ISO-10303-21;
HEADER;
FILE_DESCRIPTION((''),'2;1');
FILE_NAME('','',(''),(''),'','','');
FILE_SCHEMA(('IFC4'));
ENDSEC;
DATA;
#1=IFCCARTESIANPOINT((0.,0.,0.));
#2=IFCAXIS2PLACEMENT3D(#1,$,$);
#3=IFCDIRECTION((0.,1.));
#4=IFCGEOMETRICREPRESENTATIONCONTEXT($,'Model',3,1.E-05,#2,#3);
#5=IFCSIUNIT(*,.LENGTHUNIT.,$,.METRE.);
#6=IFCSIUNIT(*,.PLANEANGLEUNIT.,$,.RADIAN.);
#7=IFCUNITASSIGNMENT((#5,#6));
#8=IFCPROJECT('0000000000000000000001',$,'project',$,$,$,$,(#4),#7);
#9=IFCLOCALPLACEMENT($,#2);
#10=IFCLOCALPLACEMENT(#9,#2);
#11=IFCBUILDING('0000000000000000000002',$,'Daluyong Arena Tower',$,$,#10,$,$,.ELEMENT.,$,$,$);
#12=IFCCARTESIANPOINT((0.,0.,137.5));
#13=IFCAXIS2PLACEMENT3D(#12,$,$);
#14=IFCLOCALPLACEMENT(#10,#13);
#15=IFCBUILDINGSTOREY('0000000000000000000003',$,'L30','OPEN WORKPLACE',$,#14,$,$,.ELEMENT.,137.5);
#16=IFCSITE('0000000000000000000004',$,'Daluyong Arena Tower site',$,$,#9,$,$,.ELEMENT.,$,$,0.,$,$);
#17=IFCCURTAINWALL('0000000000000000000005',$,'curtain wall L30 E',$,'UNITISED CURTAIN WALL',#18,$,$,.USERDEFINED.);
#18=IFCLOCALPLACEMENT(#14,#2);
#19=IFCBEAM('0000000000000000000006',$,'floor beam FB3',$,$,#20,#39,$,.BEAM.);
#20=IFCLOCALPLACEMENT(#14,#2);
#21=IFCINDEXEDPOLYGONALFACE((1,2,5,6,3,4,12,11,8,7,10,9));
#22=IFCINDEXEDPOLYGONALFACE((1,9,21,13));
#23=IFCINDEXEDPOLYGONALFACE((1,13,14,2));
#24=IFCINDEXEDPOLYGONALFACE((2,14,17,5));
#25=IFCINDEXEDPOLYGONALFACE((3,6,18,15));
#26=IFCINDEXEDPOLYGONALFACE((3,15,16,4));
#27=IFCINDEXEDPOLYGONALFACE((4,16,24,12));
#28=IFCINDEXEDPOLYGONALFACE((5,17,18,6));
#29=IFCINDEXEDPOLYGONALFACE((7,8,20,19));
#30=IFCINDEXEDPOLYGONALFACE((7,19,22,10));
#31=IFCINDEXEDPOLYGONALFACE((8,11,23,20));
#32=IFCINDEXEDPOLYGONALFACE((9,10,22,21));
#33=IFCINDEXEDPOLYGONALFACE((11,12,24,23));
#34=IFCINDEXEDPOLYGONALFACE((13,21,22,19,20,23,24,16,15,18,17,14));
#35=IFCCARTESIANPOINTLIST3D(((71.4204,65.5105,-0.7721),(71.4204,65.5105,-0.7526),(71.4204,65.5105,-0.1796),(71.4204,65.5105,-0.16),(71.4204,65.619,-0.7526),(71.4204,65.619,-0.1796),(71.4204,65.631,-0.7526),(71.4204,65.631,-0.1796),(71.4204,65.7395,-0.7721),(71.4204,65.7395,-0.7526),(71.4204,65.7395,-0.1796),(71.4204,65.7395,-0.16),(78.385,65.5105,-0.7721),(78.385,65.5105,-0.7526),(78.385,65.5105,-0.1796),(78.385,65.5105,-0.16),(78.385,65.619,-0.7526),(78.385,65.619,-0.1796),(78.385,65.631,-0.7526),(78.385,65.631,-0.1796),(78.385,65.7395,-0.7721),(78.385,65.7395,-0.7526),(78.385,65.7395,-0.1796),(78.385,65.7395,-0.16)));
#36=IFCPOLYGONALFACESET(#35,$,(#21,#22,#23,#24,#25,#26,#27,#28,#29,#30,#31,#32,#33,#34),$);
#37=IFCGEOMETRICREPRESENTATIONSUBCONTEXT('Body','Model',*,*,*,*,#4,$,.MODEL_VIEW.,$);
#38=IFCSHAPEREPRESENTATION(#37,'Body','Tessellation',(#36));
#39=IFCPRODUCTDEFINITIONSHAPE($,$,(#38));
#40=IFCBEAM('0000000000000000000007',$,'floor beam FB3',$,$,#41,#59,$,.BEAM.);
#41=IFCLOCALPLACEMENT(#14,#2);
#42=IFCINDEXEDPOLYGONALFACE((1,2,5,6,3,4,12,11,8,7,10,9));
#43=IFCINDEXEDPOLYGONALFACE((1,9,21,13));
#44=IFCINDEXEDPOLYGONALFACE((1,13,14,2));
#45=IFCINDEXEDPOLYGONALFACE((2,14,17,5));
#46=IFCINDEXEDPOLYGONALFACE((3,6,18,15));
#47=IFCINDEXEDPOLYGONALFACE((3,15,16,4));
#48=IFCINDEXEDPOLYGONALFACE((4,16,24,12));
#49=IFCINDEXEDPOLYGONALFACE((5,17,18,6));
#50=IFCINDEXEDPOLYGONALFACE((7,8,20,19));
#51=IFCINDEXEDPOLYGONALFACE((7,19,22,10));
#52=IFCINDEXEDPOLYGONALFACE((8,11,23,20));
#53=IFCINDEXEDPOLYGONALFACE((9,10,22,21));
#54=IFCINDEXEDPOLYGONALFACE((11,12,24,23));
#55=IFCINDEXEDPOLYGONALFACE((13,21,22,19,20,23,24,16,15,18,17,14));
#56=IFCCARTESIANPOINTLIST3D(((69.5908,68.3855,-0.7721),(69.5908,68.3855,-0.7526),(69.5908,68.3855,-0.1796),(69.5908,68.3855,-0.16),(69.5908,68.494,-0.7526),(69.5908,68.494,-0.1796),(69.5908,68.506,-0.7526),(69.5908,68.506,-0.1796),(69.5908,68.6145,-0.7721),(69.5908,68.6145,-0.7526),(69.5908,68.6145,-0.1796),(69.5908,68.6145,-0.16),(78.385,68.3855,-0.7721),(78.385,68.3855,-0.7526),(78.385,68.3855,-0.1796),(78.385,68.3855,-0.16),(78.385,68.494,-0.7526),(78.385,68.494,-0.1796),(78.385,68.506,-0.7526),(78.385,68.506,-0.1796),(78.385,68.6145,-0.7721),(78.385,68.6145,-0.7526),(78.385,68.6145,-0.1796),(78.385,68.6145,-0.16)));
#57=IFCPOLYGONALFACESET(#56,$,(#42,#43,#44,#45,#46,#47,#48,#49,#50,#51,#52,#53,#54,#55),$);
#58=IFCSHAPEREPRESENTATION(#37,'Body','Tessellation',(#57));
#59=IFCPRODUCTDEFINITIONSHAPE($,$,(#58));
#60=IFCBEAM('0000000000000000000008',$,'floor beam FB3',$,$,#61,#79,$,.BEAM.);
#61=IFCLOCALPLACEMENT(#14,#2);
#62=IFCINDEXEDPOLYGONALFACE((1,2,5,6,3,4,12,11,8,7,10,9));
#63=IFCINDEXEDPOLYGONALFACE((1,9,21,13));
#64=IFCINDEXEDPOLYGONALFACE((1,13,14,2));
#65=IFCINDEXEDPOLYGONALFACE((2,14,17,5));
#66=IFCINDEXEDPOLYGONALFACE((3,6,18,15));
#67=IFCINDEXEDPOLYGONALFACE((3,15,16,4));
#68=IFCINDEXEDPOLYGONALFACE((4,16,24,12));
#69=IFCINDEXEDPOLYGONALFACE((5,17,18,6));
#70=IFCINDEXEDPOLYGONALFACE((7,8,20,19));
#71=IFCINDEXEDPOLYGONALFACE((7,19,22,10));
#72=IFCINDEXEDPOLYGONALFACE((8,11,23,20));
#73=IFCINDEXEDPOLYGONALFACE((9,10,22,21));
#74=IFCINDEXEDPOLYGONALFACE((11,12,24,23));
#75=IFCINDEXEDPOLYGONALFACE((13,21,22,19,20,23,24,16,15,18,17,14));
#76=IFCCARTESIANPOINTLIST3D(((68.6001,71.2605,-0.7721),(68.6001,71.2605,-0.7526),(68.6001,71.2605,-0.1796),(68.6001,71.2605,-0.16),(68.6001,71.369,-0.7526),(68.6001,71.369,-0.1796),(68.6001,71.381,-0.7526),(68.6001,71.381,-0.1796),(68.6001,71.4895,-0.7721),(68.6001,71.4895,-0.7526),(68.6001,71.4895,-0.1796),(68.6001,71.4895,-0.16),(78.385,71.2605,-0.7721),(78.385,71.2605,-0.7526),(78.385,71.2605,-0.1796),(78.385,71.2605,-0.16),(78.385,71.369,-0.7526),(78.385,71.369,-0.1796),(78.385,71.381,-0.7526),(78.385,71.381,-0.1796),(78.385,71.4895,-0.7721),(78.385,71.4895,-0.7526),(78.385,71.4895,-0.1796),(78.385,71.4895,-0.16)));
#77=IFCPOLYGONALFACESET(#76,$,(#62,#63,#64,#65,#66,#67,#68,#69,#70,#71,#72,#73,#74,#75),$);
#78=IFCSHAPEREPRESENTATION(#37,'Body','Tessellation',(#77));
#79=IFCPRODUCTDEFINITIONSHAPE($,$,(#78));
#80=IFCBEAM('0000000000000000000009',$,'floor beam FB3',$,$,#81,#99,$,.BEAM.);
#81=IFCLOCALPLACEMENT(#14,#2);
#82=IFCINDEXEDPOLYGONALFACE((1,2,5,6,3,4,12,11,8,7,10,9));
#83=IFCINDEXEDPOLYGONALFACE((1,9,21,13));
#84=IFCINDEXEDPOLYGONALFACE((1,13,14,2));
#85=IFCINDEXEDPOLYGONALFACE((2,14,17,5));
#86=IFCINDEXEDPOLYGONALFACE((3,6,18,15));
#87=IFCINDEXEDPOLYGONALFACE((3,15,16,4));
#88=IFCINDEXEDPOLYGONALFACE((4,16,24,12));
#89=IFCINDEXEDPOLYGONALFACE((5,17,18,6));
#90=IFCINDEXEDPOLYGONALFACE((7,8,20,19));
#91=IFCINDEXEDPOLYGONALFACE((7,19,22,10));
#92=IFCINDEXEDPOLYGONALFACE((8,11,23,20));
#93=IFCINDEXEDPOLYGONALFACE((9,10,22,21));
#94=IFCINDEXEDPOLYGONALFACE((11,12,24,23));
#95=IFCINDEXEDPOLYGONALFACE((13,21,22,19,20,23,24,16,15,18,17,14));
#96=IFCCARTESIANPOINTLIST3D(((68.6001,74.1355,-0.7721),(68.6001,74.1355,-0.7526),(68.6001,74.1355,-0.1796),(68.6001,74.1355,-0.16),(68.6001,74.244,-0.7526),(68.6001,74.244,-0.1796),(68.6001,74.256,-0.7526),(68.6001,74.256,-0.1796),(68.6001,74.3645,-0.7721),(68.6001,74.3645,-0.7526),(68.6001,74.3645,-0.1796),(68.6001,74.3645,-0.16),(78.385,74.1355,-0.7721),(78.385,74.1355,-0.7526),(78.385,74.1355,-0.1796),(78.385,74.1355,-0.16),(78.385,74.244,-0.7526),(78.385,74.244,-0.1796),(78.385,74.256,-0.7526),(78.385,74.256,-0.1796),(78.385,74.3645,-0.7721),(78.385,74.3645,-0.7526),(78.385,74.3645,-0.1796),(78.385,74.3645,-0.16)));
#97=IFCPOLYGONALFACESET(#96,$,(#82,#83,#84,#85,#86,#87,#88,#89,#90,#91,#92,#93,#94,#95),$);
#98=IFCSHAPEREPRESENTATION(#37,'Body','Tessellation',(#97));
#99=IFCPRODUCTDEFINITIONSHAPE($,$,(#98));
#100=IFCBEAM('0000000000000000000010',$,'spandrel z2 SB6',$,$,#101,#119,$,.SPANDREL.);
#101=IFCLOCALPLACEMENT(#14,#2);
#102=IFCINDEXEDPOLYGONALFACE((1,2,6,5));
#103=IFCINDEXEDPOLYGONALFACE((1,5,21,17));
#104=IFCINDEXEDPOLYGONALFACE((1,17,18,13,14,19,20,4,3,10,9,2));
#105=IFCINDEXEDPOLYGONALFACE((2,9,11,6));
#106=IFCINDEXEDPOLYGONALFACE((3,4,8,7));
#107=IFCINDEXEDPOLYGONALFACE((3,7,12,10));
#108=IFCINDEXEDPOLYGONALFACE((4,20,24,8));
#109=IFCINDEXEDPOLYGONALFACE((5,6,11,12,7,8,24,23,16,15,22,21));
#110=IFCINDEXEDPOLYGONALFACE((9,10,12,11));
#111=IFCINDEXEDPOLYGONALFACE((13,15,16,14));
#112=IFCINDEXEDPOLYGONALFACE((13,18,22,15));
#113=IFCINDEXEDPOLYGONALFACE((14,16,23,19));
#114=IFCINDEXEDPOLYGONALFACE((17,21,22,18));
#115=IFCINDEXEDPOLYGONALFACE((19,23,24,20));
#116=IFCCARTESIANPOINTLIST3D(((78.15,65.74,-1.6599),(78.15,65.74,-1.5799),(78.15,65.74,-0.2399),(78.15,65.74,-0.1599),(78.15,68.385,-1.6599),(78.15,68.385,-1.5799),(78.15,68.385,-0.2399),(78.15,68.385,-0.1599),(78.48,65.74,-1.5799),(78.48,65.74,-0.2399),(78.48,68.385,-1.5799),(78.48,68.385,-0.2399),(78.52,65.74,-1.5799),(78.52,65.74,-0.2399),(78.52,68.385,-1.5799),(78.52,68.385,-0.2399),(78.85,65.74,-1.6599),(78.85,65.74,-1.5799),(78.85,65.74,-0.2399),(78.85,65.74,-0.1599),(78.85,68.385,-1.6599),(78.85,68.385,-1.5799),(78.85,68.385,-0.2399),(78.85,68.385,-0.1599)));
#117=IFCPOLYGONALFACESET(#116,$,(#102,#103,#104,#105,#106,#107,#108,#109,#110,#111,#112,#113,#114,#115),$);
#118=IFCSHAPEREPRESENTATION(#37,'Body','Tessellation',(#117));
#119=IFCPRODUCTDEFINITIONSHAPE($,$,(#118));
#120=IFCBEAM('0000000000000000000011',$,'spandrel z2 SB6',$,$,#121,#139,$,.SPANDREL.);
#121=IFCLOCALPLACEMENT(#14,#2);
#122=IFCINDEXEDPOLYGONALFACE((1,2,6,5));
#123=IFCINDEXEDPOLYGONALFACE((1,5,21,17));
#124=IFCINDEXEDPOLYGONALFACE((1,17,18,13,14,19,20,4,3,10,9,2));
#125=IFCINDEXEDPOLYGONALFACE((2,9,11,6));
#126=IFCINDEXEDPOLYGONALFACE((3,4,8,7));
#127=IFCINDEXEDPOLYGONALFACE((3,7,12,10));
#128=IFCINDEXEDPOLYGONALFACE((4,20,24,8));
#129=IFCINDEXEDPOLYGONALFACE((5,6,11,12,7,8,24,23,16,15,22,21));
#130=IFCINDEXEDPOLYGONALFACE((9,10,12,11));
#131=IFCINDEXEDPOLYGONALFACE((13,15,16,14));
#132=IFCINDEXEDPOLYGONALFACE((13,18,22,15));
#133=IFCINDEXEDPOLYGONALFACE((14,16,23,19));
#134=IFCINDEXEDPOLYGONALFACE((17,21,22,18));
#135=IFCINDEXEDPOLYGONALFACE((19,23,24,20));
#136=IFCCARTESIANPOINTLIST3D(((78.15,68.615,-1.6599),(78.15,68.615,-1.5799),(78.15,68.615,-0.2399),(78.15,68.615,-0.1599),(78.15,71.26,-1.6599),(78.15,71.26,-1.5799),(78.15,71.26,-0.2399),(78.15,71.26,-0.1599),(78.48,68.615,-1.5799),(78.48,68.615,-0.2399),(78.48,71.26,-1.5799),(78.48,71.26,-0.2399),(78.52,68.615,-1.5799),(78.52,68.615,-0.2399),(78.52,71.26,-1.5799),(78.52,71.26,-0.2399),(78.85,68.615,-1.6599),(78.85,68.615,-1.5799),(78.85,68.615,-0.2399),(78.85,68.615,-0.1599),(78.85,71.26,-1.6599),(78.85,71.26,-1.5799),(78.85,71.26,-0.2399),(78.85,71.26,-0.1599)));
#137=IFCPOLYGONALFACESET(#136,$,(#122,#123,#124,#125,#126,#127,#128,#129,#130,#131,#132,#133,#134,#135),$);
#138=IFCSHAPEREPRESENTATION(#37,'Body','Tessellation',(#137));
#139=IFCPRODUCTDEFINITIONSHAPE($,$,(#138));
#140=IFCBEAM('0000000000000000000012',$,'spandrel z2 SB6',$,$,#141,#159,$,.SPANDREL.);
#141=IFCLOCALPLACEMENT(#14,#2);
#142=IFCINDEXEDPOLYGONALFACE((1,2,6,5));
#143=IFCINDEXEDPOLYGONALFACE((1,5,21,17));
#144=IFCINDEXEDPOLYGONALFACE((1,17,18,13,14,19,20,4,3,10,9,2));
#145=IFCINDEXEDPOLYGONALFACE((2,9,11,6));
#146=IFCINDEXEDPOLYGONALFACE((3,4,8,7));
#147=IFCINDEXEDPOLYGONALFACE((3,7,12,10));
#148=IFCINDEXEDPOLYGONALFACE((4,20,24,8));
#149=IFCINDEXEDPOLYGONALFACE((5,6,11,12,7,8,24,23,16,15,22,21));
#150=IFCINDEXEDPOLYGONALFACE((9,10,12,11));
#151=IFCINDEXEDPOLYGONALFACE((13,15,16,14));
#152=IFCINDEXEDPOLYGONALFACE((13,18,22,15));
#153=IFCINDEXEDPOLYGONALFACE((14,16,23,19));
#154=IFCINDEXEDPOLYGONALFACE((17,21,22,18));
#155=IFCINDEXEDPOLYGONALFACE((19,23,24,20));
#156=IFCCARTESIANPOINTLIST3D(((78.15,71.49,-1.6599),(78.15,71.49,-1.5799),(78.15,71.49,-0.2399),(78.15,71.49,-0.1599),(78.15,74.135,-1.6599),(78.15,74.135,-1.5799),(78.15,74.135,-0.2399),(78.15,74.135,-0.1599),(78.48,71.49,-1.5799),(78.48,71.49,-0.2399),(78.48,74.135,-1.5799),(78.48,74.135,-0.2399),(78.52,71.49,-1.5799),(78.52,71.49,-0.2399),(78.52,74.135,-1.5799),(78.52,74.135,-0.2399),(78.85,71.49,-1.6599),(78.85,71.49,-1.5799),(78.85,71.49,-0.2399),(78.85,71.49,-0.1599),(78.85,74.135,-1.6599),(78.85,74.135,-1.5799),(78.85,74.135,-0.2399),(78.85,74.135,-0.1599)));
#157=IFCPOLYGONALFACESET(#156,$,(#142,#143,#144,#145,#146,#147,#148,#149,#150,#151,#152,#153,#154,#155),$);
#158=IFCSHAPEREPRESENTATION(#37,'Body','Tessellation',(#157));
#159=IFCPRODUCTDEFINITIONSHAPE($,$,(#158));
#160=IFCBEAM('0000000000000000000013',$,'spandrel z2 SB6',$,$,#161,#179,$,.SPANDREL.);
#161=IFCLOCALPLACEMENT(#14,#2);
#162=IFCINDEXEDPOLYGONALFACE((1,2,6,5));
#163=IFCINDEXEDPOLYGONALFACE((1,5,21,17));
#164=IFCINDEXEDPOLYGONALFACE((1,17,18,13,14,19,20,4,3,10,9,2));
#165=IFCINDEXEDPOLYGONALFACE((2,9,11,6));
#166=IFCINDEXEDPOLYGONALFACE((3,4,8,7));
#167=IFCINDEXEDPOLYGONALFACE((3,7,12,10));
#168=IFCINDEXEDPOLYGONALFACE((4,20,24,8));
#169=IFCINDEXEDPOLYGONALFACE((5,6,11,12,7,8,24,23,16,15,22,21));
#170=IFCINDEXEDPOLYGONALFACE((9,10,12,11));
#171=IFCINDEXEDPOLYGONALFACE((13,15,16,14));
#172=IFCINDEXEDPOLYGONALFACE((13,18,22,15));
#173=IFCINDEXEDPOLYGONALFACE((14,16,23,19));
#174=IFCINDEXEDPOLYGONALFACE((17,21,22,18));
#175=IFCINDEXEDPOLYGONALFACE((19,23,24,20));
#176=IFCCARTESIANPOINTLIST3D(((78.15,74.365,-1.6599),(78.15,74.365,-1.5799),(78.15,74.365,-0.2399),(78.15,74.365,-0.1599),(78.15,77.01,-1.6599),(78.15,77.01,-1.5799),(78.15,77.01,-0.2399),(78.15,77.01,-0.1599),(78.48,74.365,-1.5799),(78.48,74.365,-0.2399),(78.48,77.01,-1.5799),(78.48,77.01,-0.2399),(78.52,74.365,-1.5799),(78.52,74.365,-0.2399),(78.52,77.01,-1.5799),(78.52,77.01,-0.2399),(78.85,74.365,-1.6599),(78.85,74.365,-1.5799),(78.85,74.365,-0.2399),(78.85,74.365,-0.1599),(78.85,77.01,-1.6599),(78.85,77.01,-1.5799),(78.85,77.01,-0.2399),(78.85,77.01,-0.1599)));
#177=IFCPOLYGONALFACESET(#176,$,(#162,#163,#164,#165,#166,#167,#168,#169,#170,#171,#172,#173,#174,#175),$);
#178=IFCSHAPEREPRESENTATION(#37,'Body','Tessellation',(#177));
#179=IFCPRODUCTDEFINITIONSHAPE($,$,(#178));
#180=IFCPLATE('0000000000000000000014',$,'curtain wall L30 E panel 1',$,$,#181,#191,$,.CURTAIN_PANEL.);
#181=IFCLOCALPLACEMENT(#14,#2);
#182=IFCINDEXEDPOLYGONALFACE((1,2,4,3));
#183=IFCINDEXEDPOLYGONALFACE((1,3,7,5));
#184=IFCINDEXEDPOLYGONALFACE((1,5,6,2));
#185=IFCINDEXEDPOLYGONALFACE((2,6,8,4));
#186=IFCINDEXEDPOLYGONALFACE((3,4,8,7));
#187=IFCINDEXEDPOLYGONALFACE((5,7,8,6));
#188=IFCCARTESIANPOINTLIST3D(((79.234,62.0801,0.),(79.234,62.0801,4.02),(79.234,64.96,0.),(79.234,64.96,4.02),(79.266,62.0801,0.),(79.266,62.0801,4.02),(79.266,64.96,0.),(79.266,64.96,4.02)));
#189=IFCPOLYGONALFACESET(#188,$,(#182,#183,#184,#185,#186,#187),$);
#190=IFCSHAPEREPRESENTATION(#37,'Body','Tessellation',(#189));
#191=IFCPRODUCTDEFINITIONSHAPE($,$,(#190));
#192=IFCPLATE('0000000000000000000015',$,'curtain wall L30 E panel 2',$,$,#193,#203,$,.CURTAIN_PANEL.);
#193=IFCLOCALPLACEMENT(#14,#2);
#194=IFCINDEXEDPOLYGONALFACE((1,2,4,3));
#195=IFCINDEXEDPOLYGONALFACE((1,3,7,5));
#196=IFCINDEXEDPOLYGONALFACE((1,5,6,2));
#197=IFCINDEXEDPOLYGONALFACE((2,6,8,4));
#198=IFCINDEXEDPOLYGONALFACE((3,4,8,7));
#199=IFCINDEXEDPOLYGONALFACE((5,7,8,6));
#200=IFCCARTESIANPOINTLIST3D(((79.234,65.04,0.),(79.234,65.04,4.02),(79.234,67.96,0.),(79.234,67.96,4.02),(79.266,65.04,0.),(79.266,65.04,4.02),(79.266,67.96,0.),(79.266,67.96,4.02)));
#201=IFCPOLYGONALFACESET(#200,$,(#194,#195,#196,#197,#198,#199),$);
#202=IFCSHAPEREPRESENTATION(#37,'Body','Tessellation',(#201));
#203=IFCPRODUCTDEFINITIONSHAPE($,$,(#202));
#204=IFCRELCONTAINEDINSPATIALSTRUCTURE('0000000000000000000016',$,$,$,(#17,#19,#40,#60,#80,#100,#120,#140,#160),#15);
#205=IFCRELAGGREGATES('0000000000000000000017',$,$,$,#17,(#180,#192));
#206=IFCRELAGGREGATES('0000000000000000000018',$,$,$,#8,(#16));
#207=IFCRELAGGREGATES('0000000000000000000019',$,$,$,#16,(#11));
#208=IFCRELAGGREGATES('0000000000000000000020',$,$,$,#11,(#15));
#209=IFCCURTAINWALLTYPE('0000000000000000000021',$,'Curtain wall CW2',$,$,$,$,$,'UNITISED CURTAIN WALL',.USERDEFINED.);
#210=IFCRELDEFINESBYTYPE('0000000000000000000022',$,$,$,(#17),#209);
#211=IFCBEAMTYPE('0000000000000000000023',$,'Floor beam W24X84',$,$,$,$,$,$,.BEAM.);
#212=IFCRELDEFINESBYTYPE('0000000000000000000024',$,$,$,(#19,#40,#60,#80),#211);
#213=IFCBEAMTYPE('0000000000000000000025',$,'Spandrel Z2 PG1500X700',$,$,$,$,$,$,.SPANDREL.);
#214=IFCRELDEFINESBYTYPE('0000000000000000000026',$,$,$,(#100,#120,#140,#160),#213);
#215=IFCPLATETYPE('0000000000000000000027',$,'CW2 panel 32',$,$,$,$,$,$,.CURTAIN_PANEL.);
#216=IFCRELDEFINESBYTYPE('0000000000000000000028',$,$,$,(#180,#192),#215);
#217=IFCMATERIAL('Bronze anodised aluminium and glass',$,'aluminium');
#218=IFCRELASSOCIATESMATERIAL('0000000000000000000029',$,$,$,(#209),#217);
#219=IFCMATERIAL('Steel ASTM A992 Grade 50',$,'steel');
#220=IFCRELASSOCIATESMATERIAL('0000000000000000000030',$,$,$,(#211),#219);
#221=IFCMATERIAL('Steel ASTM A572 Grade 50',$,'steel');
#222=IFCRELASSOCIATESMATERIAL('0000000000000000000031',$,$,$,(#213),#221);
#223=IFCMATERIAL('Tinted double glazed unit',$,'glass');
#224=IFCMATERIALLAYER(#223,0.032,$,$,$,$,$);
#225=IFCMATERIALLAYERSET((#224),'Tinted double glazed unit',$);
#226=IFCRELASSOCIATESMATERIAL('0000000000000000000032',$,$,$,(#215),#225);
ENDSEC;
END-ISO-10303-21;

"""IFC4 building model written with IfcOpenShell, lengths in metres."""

from ifc_helpers import new_model, si_unit, direction, frame, origin, origin_2d, place, context, subcontext, project, spatial, rectangle, i_section, extrude, material, layer, layer_set, material_profile, profile_set, type_object, element, aggregate, save


model = new_model("IFC4")

# Units and contexts
model_context = context("Model", 3, precision=1e-05, world=origin(), true_north=direction((0.0, 1.0)))
body_context = subcontext(model_context, "Body", "Model", "MODEL_VIEW")
ifc_project = project(units=[si_unit("LENGTHUNIT", "METRE"), si_unit("PLANEANGLEUNIT", "RADIAN")], contexts=[model_context])

# Site, building, storey
site_placement = place(None, origin())
site = spatial("IfcSite", under=ifc_project, at=site_placement, Name="Daluyong Arena Tower site", CompositionType="ELEMENT", RefElevation=0.0)
building_placement = place(site_placement, origin())
building = spatial("IfcBuilding", under=site, at=building_placement, Name="Daluyong Arena Tower", CompositionType="ELEMENT")
storey_placement = place(building_placement, frame((0.0, 0.0, 137.5)))
storey = spatial("IfcBuildingStorey", under=building, at=storey_placement, Name="L30", Description="OPEN WORKPLACE", CompositionType="ELEMENT", Elevation=137.5)

# Curtain wall
ifc_material_1 = material(Name="Bronze anodised aluminium and glass", Category="aluminium")
curtain_wall_type = type_object("IfcCurtainWallType", Name="Curtain wall CW2", ElementType="UNITISED CURTAIN WALL", PredefinedType="USERDEFINED", material=ifc_material_1)
curtain_wall_placement = place(storey_placement, origin())
curtain_wall = element("IfcCurtainWall", 1, at=curtain_wall_placement, inside=storey, type_object=curtain_wall_type, Name="curtain wall L30 E", ObjectType="UNITISED CURTAIN WALL", PredefinedType="USERDEFINED")

# Beams
ifc_material_2 = material(Name="Steel ASTM A992 Grade 50", Category="steel")
ifc_material_profile_1 = material_profile(ifc_material_2, i_section(OverallWidth=0.229, OverallDepth=0.6121, WebThickness=0.012, FlangeThickness=0.0195, at=origin_2d()))
ifc_profile_set_1 = profile_set([ifc_material_profile_1], Name="Steel ASTM A992 Grade 50")
beam_type_1 = type_object("IfcBeamType", Name="Floor beam W24X84", PredefinedType="BEAM", material=ifc_profile_set_1)
beam_1_placement = place(storey_placement, frame((78.385, 65.625, -0.4661), z_axis=(-1.0, 0.0, 0.0), x_axis=(0.0, -1.0, 0.0)))
element("IfcBeam", 2, at=beam_1_placement, inside=storey, type_object=beam_type_1, Name="floor beam FB3", PredefinedType="BEAM", context=body_context, shape_type="SweptSolid", body=[
    extrude(i_section(OverallWidth=0.229, OverallDepth=0.6121, WebThickness=0.012, FlangeThickness=0.0195, at=origin_2d()), origin(), (0.0, 0.0, 1.0), 6.9646),
])
beam_2_placement = place(storey_placement, frame((78.385, 68.5, -0.4661), z_axis=(-1.0, 0.0, 0.0), x_axis=(0.0, -1.0, 0.0)))
element("IfcBeam", 3, at=beam_2_placement, inside=storey, type_object=beam_type_1, Name="floor beam FB3", PredefinedType="BEAM", context=body_context, shape_type="SweptSolid", body=[
    extrude(i_section(OverallWidth=0.229, OverallDepth=0.6121, WebThickness=0.012, FlangeThickness=0.0195, at=origin_2d()), origin(), (0.0, 0.0, 1.0), 8.7942),
])
for number, where, z_axis, x_axis, name in (
    (4, (78.385, 71.375, -0.4661), (-1.0, 0.0, 0.0), (0.0, -1.0, 0.0), "floor beam FB3"),
    (5, (78.385, 74.25, -0.4661), (-1.0, 0.0, 0.0), (0.0, -1.0, 0.0), "floor beam FB3"),
):
    element("IfcBeam", number, at=place(storey_placement, frame(where, z_axis=z_axis, x_axis=x_axis)), inside=storey, type_object=beam_type_1, Name=name, PredefinedType="BEAM", context=body_context, shape_type="SweptSolid", body=[
        extrude(i_section(OverallWidth=0.229, OverallDepth=0.6121, WebThickness=0.012, FlangeThickness=0.0195, at=origin_2d()), origin(), (0.0, 0.0, 1.0), 9.7849),
    ])
ifc_material_3 = material(Name="Steel ASTM A572 Grade 50", Category="steel")
ifc_material_profile_2 = material_profile(ifc_material_3, i_section(OverallWidth=0.7, OverallDepth=1.5, WebThickness=0.04, FlangeThickness=0.08, at=origin_2d()))
ifc_profile_set_2 = profile_set([ifc_material_profile_2], Name="Steel ASTM A572 Grade 50")
beam_type_2 = type_object("IfcBeamType", Name="Spandrel Z2 PG1500X700", PredefinedType="SPANDREL", material=ifc_profile_set_2)
for number, where, z_axis, x_axis, name in (
    (6, (78.5, 65.74, -0.9099), (0.0, 1.0, 0.0), (-1.0, 0.0, 0.0), "spandrel z2 SB6"),
    (7, (78.5, 68.615, -0.9099), (0.0, 1.0, 0.0), (-1.0, 0.0, 0.0), "spandrel z2 SB6"),
    (8, (78.5, 71.49, -0.9099), (0.0, 1.0, 0.0), (-1.0, 0.0, 0.0), "spandrel z2 SB6"),
    (9, (78.5, 74.365, -0.9099), (0.0, 1.0, 0.0), (-1.0, 0.0, 0.0), "spandrel z2 SB6"),
):
    element("IfcBeam", number, at=place(storey_placement, frame(where, z_axis=z_axis, x_axis=x_axis)), inside=storey, type_object=beam_type_2, Name=name, PredefinedType="SPANDREL", context=body_context, shape_type="SweptSolid", body=[
        extrude(i_section(OverallWidth=0.7, OverallDepth=1.5, WebThickness=0.04, FlangeThickness=0.08, at=origin_2d()), origin(), (0.0, 0.0, 1.0), 2.645),
    ])

# Plates
ifc_material_4 = material(Name="Tinted double glazed unit", Category="glass")
ifc_layer_1 = layer(ifc_material_4, 0.032)
ifc_layer_set_1 = layer_set([ifc_layer_1], Name="Tinted double glazed unit")
plate_type = type_object("IfcPlateType", Name="CW2 panel 32", PredefinedType="CURTAIN_PANEL", material=ifc_layer_set_1)
plate_1_placement = place(storey_placement, frame((79.25, 63.52, 0.0), z_axis=(0.0, 0.0, 1.0), x_axis=(0.0, 1.0, 0.0)))
plate_1 = element("IfcPlate", 10, at=plate_1_placement, type_object=plate_type, Name="curtain wall L30 E panel 1", PredefinedType="CURTAIN_PANEL", context=body_context, shape_type="SweptSolid", body=[
    extrude(rectangle(XDim=2.8799, YDim=0.032, at=origin_2d()), origin(), (0.0, 0.0, 1.0), 4.02),
])
plate_2_placement = place(storey_placement, frame((79.25, 66.5, 0.0), z_axis=(0.0, 0.0, 1.0), x_axis=(0.0, 1.0, 0.0)))
plate_2 = element("IfcPlate", 11, at=plate_2_placement, type_object=plate_type, Name="curtain wall L30 E panel 2", PredefinedType="CURTAIN_PANEL", context=body_context, shape_type="SweptSolid", body=[
    extrude(rectangle(XDim=2.9199, YDim=0.032, at=origin_2d()), origin(), (0.0, 0.0, 1.0), 4.02),
])
aggregate(curtain_wall, [plate_1, plate_2])

save(model, "model.ifc")
